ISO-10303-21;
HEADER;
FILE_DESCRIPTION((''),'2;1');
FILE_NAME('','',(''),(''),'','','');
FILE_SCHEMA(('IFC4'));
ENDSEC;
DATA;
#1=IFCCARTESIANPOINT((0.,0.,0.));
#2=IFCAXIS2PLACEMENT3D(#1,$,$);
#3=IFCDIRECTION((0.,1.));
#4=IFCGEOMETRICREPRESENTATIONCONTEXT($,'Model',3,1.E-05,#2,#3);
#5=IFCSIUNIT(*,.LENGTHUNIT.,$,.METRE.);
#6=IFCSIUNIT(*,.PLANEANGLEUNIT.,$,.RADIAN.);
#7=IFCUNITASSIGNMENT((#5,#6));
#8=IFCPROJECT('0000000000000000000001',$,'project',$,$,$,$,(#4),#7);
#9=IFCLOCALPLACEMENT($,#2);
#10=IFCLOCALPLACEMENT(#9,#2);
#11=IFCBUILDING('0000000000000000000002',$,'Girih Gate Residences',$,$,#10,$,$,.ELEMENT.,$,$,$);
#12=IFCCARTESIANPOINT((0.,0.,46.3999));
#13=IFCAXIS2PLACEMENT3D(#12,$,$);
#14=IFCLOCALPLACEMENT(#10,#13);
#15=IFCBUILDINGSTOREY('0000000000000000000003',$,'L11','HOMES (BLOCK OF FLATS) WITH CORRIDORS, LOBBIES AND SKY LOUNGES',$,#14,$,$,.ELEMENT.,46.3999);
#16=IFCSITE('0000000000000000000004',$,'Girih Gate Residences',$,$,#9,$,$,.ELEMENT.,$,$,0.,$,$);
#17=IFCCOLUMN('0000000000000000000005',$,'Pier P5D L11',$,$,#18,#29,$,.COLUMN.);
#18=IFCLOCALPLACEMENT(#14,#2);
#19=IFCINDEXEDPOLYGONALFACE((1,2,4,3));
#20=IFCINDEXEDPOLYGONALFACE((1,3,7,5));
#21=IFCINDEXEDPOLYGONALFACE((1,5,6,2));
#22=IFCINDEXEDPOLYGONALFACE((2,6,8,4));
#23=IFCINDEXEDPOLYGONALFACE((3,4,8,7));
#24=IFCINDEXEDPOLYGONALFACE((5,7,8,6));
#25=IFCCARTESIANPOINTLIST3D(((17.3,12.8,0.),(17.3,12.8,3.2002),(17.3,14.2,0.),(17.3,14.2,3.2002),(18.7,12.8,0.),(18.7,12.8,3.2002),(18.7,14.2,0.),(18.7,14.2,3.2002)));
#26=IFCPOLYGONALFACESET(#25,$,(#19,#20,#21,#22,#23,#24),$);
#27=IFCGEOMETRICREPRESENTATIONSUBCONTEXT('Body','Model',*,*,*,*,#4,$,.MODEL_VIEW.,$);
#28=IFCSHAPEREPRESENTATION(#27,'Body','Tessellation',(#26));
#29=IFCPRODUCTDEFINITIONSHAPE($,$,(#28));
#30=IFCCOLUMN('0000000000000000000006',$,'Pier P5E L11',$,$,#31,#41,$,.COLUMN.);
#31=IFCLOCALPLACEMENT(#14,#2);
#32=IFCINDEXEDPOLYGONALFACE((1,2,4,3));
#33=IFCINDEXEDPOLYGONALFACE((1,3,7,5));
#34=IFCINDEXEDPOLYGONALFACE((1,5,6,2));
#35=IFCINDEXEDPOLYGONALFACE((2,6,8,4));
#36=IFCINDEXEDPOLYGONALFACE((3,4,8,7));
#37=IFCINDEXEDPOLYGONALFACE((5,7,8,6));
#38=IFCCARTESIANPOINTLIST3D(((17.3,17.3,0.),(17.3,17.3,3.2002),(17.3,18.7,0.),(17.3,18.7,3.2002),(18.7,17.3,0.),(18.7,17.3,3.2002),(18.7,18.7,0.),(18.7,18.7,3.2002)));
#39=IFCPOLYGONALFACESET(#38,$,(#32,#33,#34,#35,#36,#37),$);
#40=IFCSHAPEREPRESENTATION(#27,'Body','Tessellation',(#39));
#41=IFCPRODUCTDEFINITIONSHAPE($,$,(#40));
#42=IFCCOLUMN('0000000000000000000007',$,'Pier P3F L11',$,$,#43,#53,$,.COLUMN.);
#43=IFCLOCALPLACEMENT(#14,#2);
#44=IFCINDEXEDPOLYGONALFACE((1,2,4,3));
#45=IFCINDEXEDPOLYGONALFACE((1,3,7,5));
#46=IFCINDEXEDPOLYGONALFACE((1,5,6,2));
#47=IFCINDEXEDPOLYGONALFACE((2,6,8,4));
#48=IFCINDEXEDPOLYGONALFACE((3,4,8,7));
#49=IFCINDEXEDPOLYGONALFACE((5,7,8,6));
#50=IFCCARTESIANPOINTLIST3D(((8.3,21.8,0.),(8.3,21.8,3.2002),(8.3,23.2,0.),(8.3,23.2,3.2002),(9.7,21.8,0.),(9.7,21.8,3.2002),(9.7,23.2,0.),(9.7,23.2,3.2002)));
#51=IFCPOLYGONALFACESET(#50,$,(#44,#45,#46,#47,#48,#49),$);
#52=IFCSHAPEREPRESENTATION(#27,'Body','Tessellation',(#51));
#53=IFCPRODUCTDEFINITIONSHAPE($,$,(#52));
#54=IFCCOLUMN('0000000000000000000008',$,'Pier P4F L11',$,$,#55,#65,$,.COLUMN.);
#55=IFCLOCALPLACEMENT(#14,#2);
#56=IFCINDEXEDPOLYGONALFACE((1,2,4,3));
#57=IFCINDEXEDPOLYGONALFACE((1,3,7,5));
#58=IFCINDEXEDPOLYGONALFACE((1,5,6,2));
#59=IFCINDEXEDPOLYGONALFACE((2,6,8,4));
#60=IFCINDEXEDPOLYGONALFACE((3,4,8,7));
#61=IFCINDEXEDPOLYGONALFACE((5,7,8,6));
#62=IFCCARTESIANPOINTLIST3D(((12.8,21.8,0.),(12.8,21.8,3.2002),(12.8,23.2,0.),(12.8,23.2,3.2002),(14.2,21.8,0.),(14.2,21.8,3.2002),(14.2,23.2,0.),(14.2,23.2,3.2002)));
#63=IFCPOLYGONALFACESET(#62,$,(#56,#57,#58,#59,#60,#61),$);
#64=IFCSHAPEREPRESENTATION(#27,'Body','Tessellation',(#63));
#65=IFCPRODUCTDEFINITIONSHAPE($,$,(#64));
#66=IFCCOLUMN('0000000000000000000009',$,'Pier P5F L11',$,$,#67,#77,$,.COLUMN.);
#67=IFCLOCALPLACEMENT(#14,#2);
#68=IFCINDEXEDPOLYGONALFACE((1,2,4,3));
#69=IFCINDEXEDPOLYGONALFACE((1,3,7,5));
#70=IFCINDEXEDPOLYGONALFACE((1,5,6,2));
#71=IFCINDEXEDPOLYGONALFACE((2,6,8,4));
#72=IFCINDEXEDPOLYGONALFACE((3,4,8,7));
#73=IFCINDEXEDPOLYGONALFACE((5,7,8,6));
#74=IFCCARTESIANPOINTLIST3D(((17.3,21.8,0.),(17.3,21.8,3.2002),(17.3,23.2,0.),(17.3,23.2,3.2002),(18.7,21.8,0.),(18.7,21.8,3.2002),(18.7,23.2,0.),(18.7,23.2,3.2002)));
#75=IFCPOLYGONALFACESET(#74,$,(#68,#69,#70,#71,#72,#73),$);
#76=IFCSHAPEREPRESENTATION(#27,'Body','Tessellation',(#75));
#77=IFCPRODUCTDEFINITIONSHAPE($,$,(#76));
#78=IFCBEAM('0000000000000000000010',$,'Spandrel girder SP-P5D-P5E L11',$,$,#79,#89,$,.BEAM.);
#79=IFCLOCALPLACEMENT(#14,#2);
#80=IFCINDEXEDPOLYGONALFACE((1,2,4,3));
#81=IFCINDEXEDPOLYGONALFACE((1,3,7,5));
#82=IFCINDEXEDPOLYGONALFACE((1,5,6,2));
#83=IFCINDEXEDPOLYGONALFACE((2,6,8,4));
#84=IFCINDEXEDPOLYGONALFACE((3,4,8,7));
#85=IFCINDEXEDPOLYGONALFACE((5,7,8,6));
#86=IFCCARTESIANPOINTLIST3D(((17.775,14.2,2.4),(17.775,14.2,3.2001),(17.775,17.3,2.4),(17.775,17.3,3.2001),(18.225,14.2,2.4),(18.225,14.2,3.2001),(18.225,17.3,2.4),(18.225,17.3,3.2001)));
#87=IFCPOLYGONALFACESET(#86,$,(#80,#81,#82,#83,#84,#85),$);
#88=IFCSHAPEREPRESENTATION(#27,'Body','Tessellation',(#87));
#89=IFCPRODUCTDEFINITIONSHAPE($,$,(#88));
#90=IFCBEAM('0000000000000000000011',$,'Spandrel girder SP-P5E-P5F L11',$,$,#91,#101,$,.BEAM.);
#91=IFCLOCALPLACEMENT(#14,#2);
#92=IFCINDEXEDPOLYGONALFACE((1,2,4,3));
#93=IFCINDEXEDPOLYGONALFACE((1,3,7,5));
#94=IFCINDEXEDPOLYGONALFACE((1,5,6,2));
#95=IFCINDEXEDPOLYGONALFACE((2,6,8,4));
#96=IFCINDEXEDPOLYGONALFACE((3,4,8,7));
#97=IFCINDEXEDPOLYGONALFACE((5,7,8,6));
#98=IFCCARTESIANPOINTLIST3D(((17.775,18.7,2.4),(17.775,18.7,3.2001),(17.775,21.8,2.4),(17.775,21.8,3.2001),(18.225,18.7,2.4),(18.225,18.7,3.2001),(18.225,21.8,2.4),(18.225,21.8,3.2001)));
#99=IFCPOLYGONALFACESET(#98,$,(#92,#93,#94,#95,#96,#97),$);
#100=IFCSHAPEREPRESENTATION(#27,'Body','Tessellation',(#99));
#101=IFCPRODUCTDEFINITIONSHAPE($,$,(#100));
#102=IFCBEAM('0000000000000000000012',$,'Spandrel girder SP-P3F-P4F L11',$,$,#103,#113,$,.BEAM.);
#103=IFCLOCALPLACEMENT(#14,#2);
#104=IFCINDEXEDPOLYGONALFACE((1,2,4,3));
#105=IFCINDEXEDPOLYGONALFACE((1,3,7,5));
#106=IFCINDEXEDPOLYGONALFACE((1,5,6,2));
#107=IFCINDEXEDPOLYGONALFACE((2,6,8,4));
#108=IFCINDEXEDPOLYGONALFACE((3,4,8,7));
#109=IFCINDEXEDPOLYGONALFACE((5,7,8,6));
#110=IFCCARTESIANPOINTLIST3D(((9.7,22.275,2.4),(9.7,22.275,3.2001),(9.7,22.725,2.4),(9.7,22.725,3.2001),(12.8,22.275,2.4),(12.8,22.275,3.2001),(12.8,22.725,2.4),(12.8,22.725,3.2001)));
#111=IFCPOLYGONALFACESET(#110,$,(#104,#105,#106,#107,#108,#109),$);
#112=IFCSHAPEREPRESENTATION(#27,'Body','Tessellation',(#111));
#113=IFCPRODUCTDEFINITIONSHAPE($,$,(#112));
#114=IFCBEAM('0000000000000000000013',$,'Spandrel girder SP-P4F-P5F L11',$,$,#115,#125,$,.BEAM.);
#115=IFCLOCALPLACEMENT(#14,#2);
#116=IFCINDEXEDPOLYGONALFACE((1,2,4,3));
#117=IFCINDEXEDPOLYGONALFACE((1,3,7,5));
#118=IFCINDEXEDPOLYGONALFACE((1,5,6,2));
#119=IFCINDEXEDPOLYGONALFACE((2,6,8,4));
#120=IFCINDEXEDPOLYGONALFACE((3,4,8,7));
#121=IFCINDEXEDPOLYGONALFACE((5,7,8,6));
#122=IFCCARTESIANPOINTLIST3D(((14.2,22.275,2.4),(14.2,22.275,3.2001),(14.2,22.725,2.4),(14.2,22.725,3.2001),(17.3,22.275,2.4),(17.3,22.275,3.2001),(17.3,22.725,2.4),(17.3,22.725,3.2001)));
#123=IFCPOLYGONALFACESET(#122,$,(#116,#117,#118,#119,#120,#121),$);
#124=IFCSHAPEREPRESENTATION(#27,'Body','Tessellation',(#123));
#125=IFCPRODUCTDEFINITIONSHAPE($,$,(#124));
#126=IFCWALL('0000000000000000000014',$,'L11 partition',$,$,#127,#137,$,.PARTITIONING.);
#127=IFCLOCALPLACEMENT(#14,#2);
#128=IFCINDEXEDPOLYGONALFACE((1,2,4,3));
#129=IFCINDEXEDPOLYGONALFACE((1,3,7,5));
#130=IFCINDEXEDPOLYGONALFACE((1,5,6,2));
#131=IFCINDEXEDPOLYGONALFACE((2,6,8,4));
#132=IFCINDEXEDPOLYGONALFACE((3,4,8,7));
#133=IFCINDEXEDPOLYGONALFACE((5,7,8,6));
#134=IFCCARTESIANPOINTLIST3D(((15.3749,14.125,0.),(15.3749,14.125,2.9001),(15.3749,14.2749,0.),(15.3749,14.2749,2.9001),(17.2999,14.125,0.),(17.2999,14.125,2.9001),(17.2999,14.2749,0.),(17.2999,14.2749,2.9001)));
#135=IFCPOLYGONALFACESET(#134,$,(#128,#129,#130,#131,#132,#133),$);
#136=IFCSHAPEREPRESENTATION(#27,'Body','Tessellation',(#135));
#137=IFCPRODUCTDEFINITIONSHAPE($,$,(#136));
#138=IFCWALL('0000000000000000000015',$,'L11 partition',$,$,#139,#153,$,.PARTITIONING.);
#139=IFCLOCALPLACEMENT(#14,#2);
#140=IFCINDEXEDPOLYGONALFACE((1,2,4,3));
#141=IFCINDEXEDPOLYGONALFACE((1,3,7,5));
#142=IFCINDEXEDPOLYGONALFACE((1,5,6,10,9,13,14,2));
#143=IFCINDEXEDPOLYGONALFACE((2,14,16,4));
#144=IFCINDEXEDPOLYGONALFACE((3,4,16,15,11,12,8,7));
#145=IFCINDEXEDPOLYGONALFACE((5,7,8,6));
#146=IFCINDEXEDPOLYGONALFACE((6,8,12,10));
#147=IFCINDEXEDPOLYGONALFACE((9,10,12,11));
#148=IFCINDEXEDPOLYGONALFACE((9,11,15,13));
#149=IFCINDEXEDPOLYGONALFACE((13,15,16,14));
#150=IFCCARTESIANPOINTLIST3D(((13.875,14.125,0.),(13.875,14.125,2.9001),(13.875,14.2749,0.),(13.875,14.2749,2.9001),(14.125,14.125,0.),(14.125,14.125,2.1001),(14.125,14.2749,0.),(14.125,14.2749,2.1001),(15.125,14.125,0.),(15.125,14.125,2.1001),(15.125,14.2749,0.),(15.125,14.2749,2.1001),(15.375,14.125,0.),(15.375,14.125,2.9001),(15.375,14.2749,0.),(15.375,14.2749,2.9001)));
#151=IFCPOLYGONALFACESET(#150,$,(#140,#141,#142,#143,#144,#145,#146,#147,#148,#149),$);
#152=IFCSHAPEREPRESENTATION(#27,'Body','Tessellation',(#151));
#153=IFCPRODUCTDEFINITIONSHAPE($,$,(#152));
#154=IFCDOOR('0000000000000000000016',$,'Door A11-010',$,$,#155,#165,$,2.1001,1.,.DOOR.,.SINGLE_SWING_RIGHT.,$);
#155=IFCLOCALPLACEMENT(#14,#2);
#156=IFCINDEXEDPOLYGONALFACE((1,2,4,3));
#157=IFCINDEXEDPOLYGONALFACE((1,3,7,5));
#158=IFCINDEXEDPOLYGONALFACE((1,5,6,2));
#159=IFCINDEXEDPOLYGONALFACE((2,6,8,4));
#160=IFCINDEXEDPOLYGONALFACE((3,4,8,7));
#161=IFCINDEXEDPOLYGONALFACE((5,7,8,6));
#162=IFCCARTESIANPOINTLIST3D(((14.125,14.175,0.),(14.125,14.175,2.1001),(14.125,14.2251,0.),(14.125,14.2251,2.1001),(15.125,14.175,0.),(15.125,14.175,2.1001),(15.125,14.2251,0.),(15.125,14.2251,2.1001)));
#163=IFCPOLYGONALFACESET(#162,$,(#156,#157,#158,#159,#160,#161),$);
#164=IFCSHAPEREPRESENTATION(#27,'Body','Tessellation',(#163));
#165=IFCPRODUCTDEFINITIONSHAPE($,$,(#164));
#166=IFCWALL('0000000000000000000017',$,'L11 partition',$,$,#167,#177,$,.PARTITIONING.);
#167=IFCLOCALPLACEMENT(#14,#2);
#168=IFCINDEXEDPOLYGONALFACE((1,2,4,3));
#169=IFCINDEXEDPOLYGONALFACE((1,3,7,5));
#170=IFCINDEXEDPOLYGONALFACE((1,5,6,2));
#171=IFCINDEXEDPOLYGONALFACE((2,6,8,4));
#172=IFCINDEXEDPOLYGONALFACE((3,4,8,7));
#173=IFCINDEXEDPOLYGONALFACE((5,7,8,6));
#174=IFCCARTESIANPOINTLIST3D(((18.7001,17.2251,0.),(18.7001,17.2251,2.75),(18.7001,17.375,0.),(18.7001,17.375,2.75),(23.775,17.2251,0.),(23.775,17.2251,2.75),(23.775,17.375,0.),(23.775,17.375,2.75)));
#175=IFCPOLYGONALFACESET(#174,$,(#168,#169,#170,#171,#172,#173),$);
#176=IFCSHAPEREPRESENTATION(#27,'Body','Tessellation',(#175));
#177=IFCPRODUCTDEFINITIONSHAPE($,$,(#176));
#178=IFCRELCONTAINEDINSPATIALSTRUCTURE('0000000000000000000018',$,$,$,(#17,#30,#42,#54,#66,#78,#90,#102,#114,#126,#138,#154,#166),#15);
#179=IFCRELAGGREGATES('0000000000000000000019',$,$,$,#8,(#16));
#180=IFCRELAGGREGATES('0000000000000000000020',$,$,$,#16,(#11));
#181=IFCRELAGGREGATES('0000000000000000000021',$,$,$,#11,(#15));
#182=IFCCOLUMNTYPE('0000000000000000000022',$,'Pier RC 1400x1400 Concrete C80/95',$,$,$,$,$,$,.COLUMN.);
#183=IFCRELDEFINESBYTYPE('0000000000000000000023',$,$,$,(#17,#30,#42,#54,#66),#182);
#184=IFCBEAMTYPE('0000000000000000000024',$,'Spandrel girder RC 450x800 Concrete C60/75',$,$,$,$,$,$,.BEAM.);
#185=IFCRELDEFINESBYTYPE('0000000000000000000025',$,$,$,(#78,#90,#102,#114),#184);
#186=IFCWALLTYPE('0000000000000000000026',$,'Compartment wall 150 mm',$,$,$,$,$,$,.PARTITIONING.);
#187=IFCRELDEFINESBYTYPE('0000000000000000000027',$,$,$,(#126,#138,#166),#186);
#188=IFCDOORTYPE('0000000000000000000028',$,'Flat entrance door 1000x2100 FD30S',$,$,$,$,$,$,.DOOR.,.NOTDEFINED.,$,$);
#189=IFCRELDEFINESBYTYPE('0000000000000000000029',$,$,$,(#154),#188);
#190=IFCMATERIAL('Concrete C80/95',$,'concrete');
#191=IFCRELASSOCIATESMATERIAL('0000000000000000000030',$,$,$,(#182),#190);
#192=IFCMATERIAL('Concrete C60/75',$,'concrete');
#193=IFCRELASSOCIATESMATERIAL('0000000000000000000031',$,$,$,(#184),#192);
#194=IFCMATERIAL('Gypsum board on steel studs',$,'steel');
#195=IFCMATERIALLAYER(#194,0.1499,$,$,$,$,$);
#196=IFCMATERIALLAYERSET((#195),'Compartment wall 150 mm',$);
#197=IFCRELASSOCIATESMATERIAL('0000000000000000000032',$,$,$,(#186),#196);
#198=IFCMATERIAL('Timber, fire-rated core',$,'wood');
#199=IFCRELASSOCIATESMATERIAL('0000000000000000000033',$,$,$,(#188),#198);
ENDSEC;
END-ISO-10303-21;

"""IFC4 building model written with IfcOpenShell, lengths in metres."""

from ifc_helpers import new_model, si_unit, direction, frame, frame_2d, origin, origin_2d, place, context, subcontext, project, spatial, rectangle, extrude, material, layer, layer_set, material_profile, profile_set, type_object, element, fill, save


model = new_model("IFC4")

# Units and contexts
model_context = context("Model", 3, precision=1e-05, world=origin(), true_north=direction((0.0, 1.0)))
body_context = subcontext(model_context, "Body", "Model", "MODEL_VIEW")
ifc_project = project(units=[si_unit("LENGTHUNIT", "METRE"), si_unit("PLANEANGLEUNIT", "RADIAN")], contexts=[model_context])

# Site, building, storey
site_placement = place(None, origin())
site = spatial("IfcSite", under=ifc_project, at=site_placement, Name="Girih Gate Residences", CompositionType="ELEMENT", RefElevation=0.0)
building_placement = place(site_placement, origin())
building = spatial("IfcBuilding", under=site, at=building_placement, Name="Girih Gate Residences", CompositionType="ELEMENT")
storey_placement = place(building_placement, frame((0.0, 0.0, 46.3999)))
storey = spatial("IfcBuildingStorey", under=building, at=storey_placement, Name="L11", Description="HOMES (BLOCK OF FLATS) WITH CORRIDORS, LOBBIES AND SKY LOUNGES", CompositionType="ELEMENT", Elevation=46.3999)

# Columns
ifc_material_1 = material(Name="Concrete C80/95", Category="concrete")
ifc_material_profile_1 = material_profile(ifc_material_1, rectangle(XDim=1.3999, YDim=1.3999, at=origin_2d()))
ifc_profile_set_1 = profile_set([ifc_material_profile_1], Name="Concrete C80/95")
column_type = type_object("IfcColumnType", Name="Pier RC 1400x1400 Concrete C80/95", PredefinedType="COLUMN", material=ifc_profile_set_1)
for number, where, z_axis, x_axis, name in (
    (1, (18.0, 13.5, 0.0), (0.0, 0.0, 1.0), (1.0, 0.0, 0.0), "Pier P5D L11"),
    (2, (18.0, 18.0, 0.0), (0.0, 0.0, 1.0), (1.0, 0.0, 0.0), "Pier P5E L11"),
    (3, (9.0, 22.5, 0.0), (0.0, 0.0, 1.0), (1.0, 0.0, 0.0), "Pier P3F L11"),
    (4, (13.5, 22.5, 0.0), (0.0, 0.0, 1.0), (1.0, 0.0, 0.0), "Pier P4F L11"),
    (5, (18.0, 22.5, 0.0), (0.0, 0.0, 1.0), (1.0, 0.0, 0.0), "Pier P5F L11"),
):
    element("IfcColumn", number, at=place(storey_placement, frame(where, z_axis=z_axis, x_axis=x_axis)), inside=storey, type_object=column_type, Name=name, PredefinedType="COLUMN", context=body_context, shape_type="SweptSolid", body=[
        extrude(rectangle(XDim=1.3999, YDim=1.3999, at=origin_2d()), origin(), (0.0, 0.0, 1.0), 3.2002),
    ])

# Beams
ifc_material_2 = material(Name="Concrete C60/75", Category="concrete")
ifc_material_profile_2 = material_profile(ifc_material_2, rectangle(XDim=0.45, YDim=0.8, at=origin_2d()))
ifc_profile_set_2 = profile_set([ifc_material_profile_2], Name="Concrete C60/75")
beam_type = type_object("IfcBeamType", Name="Spandrel girder RC 450x800 Concrete C60/75", PredefinedType="BEAM", material=ifc_profile_set_2)
for number, where, z_axis, x_axis, name in (
    (6, (18.0, 14.2, 2.8), (0.0, 1.0, 0.0), (-1.0, 0.0, 0.0), "Spandrel girder SP-P5D-P5E L11"),
    (7, (18.0, 18.7, 2.8), (0.0, 1.0, 0.0), (-1.0, 0.0, 0.0), "Spandrel girder SP-P5E-P5F L11"),
    (8, (9.7, 22.5, 2.8), (1.0, 0.0, 0.0), (0.0, 1.0, 0.0), "Spandrel girder SP-P3F-P4F L11"),
    (9, (14.2, 22.5, 2.8), (1.0, 0.0, 0.0), (0.0, 1.0, 0.0), "Spandrel girder SP-P4F-P5F L11"),
):
    element("IfcBeam", number, at=place(storey_placement, frame(where, z_axis=z_axis, x_axis=x_axis)), inside=storey, type_object=beam_type, Name=name, PredefinedType="BEAM", context=body_context, shape_type="SweptSolid", body=[
        extrude(rectangle(XDim=0.45, YDim=0.8, at=origin_2d()), origin(), (0.0, 0.0, 1.0), 3.1001),
    ])

# Wall
ifc_material_3 = material(Name="Gypsum board on steel studs", Category="steel")
ifc_layer_1 = layer(ifc_material_3, 0.1499)
ifc_layer_set_1 = layer_set([ifc_layer_1], Name="Compartment wall 150 mm")
wall_type_1 = type_object("IfcWallType", Name="Compartment wall 150 mm", PredefinedType="PARTITIONING", material=ifc_layer_set_1)
wall_1_placement = place(storey_placement, frame((15.375, 14.2, 0.0), z_axis=(0.0, 0.0, 1.0), x_axis=(1.0, 0.0, 0.0)))
element("IfcWall", 10, at=wall_1_placement, inside=storey, type_object=wall_type_1, Name="L11 partition", PredefinedType="PARTITIONING", context=body_context, shape_type="SweptSolid", body=[
    extrude(rectangle(XDim=1.925, YDim=0.1499, at=frame_2d((0.9624, 0.0))), origin(), (0.0, 0.0, 1.0), 2.9001),
])

# Wall, opening, door
wall_2_placement = place(storey_placement, frame((15.375, 14.2, 0.0), z_axis=(0.0, 0.0, 1.0), x_axis=(-1.0, 0.0, 0.0)))
wall_2 = element("IfcWall", 11, at=wall_2_placement, inside=storey, type_object=wall_type_1, Name="L11 partition", PredefinedType="PARTITIONING", context=body_context, shape_type="SweptSolid", body=[
    extrude(rectangle(XDim=1.5, YDim=0.1499, at=frame_2d((0.75, 0.0))), origin(), (0.0, 0.0, 1.0), 2.9001),
])
opening_1_placement = place(wall_2_placement, frame((0.25, 0.0, 0.0)))
opening_1 = element("IfcOpeningElement", 12, at=opening_1_placement, cuts=wall_2, PredefinedType="OPENING", context=body_context, shape_type="SweptSolid", body=[
    extrude(rectangle(XDim=1.0, YDim=2.1001, at=frame_2d((0.5, 1.05))), frame((0.0, 0.085, 0.0), z_axis=(0.0, -1.0, 0.0), x_axis=(1.0, 0.0, 0.0)), (0.0, 0.0, 1.0), 0.1699),
])
ifc_material_4 = material(Name="Timber, fire-rated core", Category="wood")
door_type_1 = type_object("IfcDoorType", Name="Flat entrance door 1000x2100 FD30S", OperationType="NOTDEFINED", PredefinedType="DOOR", material=ifc_material_4)
door_1_placement = place(opening_1_placement, origin())
door_1 = element("IfcDoor", 13, at=door_1_placement, inside=storey, type_object=door_type_1, Name="Door A11-010", OperationType="SINGLE_SWING_RIGHT", OverallHeight=2.1001, OverallWidth=1.0, PredefinedType="DOOR", context=body_context, shape_type="SweptSolid", body=[
    extrude(rectangle(XDim=1.0, YDim=2.1001, at=frame_2d((0.5, 1.05))), frame((0.0, 0.0249, 0.0), z_axis=(0.0, -1.0, 0.0), x_axis=(1.0, 0.0, 0.0)), (0.0, 0.0, 1.0), 0.05),
])
fill(opening_1, door_1)

# Wall
wall_3_placement = place(storey_placement, frame((18.7, 17.3, 0.0), z_axis=(0.0, 0.0, 1.0), x_axis=(1.0, 0.0, 0.0)))
element("IfcWall", 14, at=wall_3_placement, inside=storey, type_object=wall_type_1, Name="L11 partition", PredefinedType="PARTITIONING", context=body_context, shape_type="SweptSolid", body=[
    extrude(rectangle(XDim=5.075, YDim=0.1499, at=frame_2d((2.5376, 0.0))), origin(), (0.0, 0.0, 1.0), 2.75),
])

save(model, "model.ifc")
